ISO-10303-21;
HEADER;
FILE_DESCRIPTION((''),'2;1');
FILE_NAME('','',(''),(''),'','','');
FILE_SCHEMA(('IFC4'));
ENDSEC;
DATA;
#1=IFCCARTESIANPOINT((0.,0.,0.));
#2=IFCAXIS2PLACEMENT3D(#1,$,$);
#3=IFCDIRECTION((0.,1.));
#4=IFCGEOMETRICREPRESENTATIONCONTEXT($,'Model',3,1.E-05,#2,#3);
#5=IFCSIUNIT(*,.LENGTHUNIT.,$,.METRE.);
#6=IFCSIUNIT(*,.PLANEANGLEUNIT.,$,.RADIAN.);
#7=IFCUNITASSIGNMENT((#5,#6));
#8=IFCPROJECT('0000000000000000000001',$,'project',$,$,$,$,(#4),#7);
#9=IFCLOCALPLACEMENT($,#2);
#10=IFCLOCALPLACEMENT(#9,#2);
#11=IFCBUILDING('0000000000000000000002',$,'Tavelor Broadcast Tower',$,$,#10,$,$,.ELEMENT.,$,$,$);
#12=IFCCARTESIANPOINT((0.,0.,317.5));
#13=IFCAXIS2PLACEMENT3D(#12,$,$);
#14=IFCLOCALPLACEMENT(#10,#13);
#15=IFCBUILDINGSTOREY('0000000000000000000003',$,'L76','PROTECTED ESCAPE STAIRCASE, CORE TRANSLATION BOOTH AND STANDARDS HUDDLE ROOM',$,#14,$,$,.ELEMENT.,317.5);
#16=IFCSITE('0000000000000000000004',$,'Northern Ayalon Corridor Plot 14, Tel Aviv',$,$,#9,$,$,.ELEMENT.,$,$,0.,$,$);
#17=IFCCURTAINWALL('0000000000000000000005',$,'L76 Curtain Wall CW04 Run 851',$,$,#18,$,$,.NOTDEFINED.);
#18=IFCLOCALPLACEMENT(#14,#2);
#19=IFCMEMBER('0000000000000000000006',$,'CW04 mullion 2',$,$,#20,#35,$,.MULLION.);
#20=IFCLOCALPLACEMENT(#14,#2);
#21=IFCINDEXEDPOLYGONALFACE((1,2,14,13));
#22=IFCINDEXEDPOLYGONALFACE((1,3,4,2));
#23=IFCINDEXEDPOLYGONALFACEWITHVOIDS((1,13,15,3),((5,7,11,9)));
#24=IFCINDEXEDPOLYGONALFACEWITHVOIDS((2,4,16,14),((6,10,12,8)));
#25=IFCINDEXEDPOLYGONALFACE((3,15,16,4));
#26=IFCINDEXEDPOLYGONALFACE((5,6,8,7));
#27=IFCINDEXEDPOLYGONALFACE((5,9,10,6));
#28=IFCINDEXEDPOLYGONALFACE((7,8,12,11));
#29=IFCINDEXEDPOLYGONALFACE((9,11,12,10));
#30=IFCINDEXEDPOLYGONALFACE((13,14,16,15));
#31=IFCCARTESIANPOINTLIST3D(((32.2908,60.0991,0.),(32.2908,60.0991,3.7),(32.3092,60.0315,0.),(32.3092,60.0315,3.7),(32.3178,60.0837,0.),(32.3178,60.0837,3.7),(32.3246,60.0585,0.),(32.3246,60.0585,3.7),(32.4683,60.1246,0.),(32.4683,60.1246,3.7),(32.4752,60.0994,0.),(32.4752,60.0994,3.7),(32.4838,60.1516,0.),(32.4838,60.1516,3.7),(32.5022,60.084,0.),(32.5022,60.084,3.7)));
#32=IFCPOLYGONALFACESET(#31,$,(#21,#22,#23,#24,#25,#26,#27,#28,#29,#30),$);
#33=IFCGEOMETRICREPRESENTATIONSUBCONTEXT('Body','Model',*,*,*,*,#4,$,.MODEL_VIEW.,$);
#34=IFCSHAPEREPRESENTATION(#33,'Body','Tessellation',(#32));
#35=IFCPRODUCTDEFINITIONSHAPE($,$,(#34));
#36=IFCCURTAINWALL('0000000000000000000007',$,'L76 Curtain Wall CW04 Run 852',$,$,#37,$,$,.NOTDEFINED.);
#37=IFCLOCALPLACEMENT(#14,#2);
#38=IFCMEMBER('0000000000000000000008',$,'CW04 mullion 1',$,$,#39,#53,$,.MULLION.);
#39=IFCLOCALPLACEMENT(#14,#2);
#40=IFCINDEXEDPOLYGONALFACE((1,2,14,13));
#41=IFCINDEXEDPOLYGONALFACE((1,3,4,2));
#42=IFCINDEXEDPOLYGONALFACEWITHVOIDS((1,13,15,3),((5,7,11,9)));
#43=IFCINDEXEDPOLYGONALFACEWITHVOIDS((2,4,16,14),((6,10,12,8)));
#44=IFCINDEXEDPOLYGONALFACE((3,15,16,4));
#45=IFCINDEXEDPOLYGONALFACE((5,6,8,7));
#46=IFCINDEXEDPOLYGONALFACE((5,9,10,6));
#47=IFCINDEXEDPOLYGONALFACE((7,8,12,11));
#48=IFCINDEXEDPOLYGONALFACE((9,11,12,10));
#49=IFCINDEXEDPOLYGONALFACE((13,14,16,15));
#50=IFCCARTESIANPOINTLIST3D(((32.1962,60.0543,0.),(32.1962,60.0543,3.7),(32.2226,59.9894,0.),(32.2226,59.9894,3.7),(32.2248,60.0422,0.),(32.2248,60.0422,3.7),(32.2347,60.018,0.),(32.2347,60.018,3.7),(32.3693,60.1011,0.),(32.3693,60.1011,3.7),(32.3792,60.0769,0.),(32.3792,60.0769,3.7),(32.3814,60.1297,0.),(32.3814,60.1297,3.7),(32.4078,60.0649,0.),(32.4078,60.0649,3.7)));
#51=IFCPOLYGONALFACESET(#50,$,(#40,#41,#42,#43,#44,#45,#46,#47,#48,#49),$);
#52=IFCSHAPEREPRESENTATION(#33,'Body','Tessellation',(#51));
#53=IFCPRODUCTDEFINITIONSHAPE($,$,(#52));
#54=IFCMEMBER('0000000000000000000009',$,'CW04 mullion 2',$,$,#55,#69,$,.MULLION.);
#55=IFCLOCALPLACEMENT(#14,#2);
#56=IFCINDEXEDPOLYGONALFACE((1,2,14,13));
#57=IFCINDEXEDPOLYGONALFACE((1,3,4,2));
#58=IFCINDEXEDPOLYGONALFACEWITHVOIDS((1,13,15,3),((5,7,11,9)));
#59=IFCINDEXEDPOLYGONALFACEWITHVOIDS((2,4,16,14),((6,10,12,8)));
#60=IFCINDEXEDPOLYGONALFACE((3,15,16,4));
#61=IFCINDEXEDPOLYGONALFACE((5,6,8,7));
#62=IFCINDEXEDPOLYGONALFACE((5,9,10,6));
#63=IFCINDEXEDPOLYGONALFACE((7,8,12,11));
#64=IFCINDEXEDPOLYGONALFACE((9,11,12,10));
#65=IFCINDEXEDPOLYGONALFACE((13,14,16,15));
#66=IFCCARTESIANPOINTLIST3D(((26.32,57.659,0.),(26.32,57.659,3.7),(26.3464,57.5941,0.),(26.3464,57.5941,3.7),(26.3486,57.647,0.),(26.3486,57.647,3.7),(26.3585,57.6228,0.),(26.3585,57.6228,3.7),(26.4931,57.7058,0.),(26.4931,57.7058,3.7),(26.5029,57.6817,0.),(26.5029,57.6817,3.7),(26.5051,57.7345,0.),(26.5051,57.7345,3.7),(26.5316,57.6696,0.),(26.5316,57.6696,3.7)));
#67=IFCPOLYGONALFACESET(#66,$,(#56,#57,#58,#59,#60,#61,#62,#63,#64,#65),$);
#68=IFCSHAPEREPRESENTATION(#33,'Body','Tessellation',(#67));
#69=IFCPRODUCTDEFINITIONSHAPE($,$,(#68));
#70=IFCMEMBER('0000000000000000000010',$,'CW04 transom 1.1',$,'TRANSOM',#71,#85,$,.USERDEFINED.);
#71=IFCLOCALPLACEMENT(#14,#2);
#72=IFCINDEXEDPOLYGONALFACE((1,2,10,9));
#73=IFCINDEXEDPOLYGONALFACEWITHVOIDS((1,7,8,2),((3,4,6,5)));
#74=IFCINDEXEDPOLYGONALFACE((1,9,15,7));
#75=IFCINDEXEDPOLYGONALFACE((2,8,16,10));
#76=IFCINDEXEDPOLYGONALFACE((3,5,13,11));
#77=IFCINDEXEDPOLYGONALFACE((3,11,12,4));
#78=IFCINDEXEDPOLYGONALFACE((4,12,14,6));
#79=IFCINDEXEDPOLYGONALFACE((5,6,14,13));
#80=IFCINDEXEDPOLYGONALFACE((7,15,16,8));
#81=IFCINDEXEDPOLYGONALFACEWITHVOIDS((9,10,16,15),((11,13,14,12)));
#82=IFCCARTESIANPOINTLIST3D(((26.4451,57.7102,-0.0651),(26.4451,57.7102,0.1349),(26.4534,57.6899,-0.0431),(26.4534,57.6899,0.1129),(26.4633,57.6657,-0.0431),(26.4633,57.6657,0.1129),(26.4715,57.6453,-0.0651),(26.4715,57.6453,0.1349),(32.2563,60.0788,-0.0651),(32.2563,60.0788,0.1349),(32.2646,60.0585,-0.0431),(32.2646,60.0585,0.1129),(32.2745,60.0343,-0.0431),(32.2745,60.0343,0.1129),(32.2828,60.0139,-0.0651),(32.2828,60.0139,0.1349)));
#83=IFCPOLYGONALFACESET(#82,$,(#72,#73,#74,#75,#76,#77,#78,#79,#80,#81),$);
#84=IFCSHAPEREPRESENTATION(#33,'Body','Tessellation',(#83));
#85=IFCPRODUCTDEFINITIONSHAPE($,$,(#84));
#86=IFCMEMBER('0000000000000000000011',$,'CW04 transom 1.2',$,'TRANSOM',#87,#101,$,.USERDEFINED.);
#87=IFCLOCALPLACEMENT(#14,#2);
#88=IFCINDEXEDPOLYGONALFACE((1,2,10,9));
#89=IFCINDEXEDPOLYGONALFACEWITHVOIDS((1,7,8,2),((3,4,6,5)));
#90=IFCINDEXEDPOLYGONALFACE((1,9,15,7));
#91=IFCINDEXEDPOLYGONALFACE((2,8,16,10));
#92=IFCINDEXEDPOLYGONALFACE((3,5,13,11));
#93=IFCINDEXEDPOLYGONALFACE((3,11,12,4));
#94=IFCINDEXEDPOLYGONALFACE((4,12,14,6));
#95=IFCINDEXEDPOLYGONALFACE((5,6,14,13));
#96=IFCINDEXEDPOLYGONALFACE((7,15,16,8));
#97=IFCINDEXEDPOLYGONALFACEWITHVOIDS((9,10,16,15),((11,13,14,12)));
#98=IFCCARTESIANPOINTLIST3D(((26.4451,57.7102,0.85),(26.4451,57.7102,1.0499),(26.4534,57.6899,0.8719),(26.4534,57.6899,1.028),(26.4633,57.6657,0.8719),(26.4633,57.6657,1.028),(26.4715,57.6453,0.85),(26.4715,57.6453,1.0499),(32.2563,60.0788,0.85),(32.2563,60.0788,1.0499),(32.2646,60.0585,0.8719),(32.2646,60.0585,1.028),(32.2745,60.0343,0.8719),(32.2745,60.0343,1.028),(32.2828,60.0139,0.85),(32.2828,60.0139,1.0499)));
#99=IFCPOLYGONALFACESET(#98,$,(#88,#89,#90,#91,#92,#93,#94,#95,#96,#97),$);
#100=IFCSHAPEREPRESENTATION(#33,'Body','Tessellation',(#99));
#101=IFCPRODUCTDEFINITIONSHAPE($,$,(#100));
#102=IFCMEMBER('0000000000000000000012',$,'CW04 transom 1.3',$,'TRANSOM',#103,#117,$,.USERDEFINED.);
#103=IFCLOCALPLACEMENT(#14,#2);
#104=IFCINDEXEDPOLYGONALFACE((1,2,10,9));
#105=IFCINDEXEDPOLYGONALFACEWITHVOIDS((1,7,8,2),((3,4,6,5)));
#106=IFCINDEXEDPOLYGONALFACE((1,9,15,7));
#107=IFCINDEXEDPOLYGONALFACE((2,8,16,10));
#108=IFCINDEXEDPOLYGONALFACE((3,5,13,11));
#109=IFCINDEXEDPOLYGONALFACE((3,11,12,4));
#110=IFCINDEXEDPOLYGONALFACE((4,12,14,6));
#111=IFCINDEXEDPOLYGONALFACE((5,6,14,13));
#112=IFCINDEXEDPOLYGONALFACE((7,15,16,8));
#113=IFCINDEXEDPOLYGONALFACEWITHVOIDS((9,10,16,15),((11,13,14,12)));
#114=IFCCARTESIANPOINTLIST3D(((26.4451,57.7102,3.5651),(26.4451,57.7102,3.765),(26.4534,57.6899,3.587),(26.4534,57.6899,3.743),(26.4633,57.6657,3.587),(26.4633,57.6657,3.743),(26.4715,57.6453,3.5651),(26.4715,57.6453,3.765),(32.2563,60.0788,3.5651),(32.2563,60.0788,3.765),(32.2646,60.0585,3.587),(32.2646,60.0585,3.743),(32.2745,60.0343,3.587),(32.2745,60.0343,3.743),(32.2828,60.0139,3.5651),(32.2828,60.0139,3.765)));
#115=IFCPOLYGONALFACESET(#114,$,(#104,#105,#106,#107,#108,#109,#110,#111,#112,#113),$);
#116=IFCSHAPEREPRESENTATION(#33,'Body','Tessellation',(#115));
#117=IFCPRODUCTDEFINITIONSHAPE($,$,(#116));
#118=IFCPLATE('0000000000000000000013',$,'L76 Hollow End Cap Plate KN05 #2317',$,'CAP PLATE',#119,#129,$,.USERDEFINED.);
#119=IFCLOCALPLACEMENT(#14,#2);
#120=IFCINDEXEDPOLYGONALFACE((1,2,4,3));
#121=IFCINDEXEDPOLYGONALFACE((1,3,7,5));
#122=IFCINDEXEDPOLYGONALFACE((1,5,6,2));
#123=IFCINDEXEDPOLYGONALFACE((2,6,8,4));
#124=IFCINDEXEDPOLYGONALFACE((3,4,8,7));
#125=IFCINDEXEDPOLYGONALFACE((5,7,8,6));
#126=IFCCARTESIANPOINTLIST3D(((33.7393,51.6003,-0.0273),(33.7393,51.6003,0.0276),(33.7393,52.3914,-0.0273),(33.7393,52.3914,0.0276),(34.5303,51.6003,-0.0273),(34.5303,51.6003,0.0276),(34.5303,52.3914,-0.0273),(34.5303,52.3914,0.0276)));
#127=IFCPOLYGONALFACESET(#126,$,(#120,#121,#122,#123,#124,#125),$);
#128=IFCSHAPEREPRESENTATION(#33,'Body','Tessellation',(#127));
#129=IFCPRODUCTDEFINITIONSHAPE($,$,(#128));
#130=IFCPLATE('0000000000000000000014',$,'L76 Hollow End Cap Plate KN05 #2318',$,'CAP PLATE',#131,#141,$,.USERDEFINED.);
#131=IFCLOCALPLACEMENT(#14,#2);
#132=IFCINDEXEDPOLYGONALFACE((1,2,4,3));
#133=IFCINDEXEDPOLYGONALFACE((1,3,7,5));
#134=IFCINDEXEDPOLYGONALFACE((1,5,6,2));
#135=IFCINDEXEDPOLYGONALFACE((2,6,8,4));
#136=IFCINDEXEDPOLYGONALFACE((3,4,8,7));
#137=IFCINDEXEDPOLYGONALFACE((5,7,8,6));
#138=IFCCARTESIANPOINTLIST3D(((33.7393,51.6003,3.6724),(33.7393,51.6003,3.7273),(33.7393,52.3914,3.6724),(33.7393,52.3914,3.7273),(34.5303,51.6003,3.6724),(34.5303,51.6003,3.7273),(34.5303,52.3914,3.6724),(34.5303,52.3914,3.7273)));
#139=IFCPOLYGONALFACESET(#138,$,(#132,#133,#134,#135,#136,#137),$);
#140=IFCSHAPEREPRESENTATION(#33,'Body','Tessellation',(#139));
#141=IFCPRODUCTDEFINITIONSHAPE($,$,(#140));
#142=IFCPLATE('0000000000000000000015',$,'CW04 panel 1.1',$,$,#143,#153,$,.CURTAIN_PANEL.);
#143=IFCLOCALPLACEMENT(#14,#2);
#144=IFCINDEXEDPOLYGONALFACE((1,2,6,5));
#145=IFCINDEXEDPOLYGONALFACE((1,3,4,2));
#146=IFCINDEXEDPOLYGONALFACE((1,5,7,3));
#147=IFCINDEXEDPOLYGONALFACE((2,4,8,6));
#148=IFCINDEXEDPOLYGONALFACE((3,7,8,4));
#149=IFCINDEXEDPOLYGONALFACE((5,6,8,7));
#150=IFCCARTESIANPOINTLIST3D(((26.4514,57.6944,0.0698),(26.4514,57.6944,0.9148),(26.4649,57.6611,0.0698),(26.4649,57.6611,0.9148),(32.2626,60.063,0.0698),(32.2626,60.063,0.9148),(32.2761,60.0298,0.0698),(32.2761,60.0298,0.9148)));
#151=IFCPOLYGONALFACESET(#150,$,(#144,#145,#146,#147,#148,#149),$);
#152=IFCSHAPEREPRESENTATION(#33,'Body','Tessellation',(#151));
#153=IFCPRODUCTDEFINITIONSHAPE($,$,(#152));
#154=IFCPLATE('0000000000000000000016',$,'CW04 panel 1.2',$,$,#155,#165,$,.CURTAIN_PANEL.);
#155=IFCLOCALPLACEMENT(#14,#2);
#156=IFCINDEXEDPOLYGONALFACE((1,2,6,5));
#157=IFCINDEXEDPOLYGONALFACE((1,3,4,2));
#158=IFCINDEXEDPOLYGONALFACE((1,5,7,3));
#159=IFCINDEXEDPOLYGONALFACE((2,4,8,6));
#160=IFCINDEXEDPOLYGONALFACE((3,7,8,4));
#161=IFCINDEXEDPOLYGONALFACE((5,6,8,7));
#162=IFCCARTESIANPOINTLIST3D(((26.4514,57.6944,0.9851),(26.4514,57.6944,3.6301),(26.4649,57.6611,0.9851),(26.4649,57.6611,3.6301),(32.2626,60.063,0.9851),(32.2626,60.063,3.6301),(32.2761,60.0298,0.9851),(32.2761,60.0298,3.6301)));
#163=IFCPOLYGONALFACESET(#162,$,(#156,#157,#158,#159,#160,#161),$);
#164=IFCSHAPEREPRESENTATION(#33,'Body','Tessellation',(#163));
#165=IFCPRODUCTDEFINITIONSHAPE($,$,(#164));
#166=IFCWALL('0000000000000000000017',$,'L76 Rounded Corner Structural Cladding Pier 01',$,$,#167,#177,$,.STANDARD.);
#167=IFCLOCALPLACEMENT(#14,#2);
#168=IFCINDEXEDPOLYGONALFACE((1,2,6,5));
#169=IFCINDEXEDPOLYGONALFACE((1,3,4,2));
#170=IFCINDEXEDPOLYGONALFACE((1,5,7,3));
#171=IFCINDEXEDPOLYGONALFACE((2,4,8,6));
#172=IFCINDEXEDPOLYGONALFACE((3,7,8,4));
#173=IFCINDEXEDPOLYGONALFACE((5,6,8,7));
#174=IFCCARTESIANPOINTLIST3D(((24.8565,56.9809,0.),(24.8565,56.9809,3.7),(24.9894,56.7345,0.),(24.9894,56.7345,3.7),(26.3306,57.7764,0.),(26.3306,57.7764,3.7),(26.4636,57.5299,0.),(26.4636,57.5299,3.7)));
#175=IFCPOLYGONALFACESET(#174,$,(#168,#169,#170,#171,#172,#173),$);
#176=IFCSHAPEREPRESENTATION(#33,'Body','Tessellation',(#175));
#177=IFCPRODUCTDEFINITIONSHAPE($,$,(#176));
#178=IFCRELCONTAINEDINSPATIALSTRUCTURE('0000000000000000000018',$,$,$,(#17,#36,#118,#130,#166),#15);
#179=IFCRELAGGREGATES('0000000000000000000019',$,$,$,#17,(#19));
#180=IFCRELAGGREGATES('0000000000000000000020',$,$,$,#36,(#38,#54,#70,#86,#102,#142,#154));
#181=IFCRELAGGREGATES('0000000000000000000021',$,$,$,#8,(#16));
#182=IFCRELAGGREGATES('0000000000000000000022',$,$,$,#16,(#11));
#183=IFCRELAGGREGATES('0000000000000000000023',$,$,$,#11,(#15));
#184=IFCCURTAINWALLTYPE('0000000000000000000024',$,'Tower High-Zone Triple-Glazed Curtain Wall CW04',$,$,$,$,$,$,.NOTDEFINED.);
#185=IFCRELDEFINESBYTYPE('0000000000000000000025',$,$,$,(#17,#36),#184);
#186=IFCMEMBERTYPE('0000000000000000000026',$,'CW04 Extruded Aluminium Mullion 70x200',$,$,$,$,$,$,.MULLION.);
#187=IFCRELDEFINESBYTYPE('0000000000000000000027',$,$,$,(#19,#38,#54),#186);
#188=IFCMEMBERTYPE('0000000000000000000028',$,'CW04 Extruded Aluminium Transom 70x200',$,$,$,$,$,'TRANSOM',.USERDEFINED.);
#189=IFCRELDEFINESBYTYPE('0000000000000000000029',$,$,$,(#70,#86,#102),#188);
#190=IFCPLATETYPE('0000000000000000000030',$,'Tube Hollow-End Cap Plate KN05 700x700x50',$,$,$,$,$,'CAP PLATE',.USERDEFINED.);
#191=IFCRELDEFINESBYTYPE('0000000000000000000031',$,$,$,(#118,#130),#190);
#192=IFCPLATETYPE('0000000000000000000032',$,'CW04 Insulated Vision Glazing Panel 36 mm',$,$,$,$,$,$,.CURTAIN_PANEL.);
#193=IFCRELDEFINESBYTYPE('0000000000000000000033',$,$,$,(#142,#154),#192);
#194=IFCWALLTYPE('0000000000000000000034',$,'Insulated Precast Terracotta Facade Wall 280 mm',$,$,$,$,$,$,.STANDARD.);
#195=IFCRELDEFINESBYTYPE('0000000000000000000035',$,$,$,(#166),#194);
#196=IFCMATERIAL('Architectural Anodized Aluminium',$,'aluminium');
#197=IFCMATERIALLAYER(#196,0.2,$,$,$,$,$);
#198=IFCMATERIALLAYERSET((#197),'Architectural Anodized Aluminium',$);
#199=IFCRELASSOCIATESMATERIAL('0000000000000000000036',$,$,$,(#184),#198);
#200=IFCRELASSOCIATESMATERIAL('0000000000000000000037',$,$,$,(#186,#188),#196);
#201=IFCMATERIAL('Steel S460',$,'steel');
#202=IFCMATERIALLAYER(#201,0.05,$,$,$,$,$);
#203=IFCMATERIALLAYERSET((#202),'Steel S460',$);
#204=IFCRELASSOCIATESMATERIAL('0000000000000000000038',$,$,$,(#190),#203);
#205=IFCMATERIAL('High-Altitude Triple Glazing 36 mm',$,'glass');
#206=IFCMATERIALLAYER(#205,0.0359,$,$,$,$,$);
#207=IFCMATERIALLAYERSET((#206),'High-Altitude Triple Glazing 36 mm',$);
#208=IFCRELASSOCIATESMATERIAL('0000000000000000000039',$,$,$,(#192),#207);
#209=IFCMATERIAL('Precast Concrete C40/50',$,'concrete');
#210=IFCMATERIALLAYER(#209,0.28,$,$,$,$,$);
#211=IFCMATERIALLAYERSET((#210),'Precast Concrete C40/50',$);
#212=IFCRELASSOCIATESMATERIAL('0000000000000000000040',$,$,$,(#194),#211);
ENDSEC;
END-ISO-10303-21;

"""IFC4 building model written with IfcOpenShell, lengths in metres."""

from ifc_helpers import new_model, si_unit, direction, frame, frame_2d, origin, origin_2d, place, context, subcontext, project, spatial, rectangle, hollow_rectangle, extrude, source, transform, mapped, material, layer, layer_set, material_profile, profile_set, type_object, type_shapes, element, aggregate, save


model = new_model("IFC4")

# Units and contexts
model_context = context("Model", 3, precision=1e-05, world=origin(), true_north=direction((0.0, 1.0)))
body_context = subcontext(model_context, "Body", "Model", "MODEL_VIEW")
ifc_project = project(units=[si_unit("LENGTHUNIT", "METRE"), si_unit("PLANEANGLEUNIT", "RADIAN")], contexts=[model_context])

# Site, building, storey
site_placement = place(None, origin())
site = spatial("IfcSite", under=ifc_project, at=site_placement, Name="Northern Ayalon Corridor Plot 14, Tel Aviv", CompositionType="ELEMENT", RefElevation=0.0)
building_placement = place(site_placement, origin())
building = spatial("IfcBuilding", under=site, at=building_placement, Name="Tavelor Broadcast Tower", CompositionType="ELEMENT")
storey_placement = place(building_placement, frame((0.0, 0.0, 317.5)))
storey = spatial("IfcBuildingStorey", under=building, at=storey_placement, Name="L76", Description="PROTECTED ESCAPE STAIRCASE, CORE TRANSLATION BOOTH AND STANDARDS HUDDLE ROOM", CompositionType="ELEMENT", Elevation=317.5)

# Shared definitions
ifc_material_1 = material(Name="Steel S460", Category="steel")

# Curtain wall, member
ifc_material_2 = material(Name="Architectural Anodized Aluminium", Category="aluminium")
ifc_layer_1 = layer(ifc_material_2, 0.2)
ifc_layer_set_1 = layer_set([ifc_layer_1], Name="Architectural Anodized Aluminium")
curtain_wall_type = type_object("IfcCurtainWallType", Name="Tower High-Zone Triple-Glazed Curtain Wall CW04", PredefinedType="NOTDEFINED", material=ifc_layer_set_1)
curtain_wall_1_placement = place(storey_placement, origin())
curtain_wall_1 = element("IfcCurtainWall", 1, at=curtain_wall_1_placement, inside=storey, type_object=curtain_wall_type, Name="L76 Curtain Wall CW04 Run 851", PredefinedType="NOTDEFINED")
ifc_material_profile_1 = material_profile(ifc_material_2, hollow_rectangle(XDim=0.0701, YDim=0.2, WallThickness=0.022, at=origin_2d()), Name="RHS 70x200x22")
ifc_profile_set_1 = profile_set([ifc_material_profile_1], Name="Architectural Anodized Aluminium")
member_type_1 = type_object("IfcMemberType", Name="CW04 Extruded Aluminium Mullion 70x200", PredefinedType="MULLION", material=ifc_profile_set_1)
shared_shape_1 = source(origin(), body_context, "Body", "SweptSolid", [
    extrude(hollow_rectangle(XDim=0.0701, YDim=0.2, WallThickness=0.022, at=origin_2d()), origin(), (0.0, 0.0, 1.0), 3.7),
])
type_shapes(member_type_1, [shared_shape_1])
member_1_placement = place(storey_placement, frame((32.3965, 60.0916, 0.0), z_axis=(0.0, 0.0, 1.0), x_axis=(0.262618, -0.9649, 0.0)))
member_1 = element("IfcMember", 2, at=member_1_placement, type_object=member_type_1, Name="CW04 mullion 2", PredefinedType="MULLION", context=body_context, shape_type="MappedRepresentation", body=[
    mapped(shared_shape_1, transform((0.0, 0.0, 0.0), scale=1.0)),
])
aggregate(curtain_wall_1, [member_1])

# Curtain wall, members
curtain_wall_2_placement = place(storey_placement, origin())
curtain_wall_2 = element("IfcCurtainWall", 3, at=curtain_wall_2_placement, inside=storey, type_object=curtain_wall_type, Name="L76 Curtain Wall CW04 Run 852", PredefinedType="NOTDEFINED")
member_2_placement = place(storey_placement, frame((32.302, 60.0596, 0.0), z_axis=(0.0, 0.0, 1.0), x_axis=(0.377448, -0.926031, 0.0)))
member_2 = element("IfcMember", 4, at=member_2_placement, type_object=member_type_1, Name="CW04 mullion 1", PredefinedType="MULLION", context=body_context, shape_type="MappedRepresentation", body=[
    mapped(shared_shape_1, transform((0.0, 0.0, 0.0), scale=1.0)),
])
member_3_placement = place(storey_placement, frame((26.4258, 57.6643, 0.0), z_axis=(0.0, 0.0, 1.0), x_axis=(0.377448, -0.926031, 0.0)))
member_3 = element("IfcMember", 5, at=member_3_placement, type_object=member_type_1, Name="CW04 mullion 2", PredefinedType="MULLION", context=body_context, shape_type="MappedRepresentation", body=[
    mapped(shared_shape_1, transform((0.0, 0.0, 0.0), scale=1.0)),
])
ifc_material_profile_2 = material_profile(ifc_material_2, hollow_rectangle(XDim=0.0701, YDim=0.2, WallThickness=0.022, at=origin_2d()), Name="RHS 70x200x22")
ifc_profile_set_2 = profile_set([ifc_material_profile_2], Name="Architectural Anodized Aluminium")
member_type_2 = type_object("IfcMemberType", Name="CW04 Extruded Aluminium Transom 70x200", ElementType="TRANSOM", PredefinedType="USERDEFINED", material=ifc_profile_set_2)
shared_shape_2 = source(origin(), body_context, "Body", "SweptSolid", [
    extrude(hollow_rectangle(XDim=0.0701, YDim=0.2, WallThickness=0.022, at=origin_2d()), origin(), (0.0, 0.0, 1.0), 6.2754),
])
type_shapes(member_type_2, [shared_shape_2])
member_4_placement = place(storey_placement, frame((32.2695, 60.0464, 0.0349), z_axis=(-0.926031, -0.377446, 0.0), x_axis=(0.377446, -0.926031, 0.0)))
member_4 = element("IfcMember", 6, at=member_4_placement, type_object=member_type_2, Name="CW04 transom 1.1", ObjectType="TRANSOM", PredefinedType="USERDEFINED", context=body_context, shape_type="MappedRepresentation", body=[
    mapped(shared_shape_2, transform((0.0, 0.0, 0.0), scale=1.0)),
])
member_5_placement = place(storey_placement, frame((32.2695, 60.0464, 0.95), z_axis=(-0.926031, -0.377446, 0.0), x_axis=(0.377446, -0.926031, 0.0)))
member_5 = element("IfcMember", 7, at=member_5_placement, type_object=member_type_2, Name="CW04 transom 1.2", ObjectType="TRANSOM", PredefinedType="USERDEFINED", context=body_context, shape_type="MappedRepresentation", body=[
    mapped(shared_shape_2, transform((0.0, 0.0, 0.0), scale=1.0)),
])
member_6_placement = place(storey_placement, frame((32.2695, 60.0464, 3.665), z_axis=(-0.926031, -0.377446, 0.0), x_axis=(0.377446, -0.926031, 0.0)))
member_6 = element("IfcMember", 8, at=member_6_placement, type_object=member_type_2, Name="CW04 transom 1.3", ObjectType="TRANSOM", PredefinedType="USERDEFINED", context=body_context, shape_type="MappedRepresentation", body=[
    mapped(shared_shape_2, transform((0.0, 0.0, 0.0), scale=1.0)),
])

# Plates
ifc_layer_2 = layer(ifc_material_1, 0.05)
ifc_layer_set_2 = layer_set([ifc_layer_2], Name="Steel S460")
plate_type_1 = type_object("IfcPlateType", Name="Tube Hollow-End Cap Plate KN05 700x700x50", ElementType="CAP PLATE", PredefinedType="USERDEFINED", material=ifc_layer_set_2)
shared_shape_3 = source(origin(), body_context, "Body", "SweptSolid", [
    extrude(rectangle(XDim=0.791, YDim=0.791, at=origin_2d()), origin(), (0.0, 0.0, 1.0), 0.0549),
])
type_shapes(plate_type_1, [shared_shape_3])
for number, where, z_axis, x_axis, name in (
    (9, (34.1348, 51.9958, -0.0273), (0.0, 0.0, 1.0), (1.0, 0.0, 0.0), "L76 Hollow End Cap Plate KN05 #2317"),
    (10, (34.1348, 51.9958, 3.6724), (0.0, 0.0, 1.0), (1.0, 0.0, 0.0), "L76 Hollow End Cap Plate KN05 #2318"),
):
    element("IfcPlate", number, at=place(storey_placement, frame(where, z_axis=z_axis, x_axis=x_axis)), inside=storey, type_object=plate_type_1, Name=name, ObjectType="CAP PLATE", PredefinedType="USERDEFINED", context=body_context, shape_type="MappedRepresentation", body=[
        mapped(shared_shape_3, transform((0.0, 0.0, 0.0), scale=1.0)),
    ])

# Plates
ifc_material_3 = material(Name="High-Altitude Triple Glazing 36 mm", Category="glass")
ifc_layer_3 = layer(ifc_material_3, 0.0359)
ifc_layer_set_3 = layer_set([ifc_layer_3], Name="High-Altitude Triple Glazing 36 mm")
plate_type_2 = type_object("IfcPlateType", Name="CW04 Insulated Vision Glazing Panel 36 mm", PredefinedType="CURTAIN_PANEL", material=ifc_layer_set_3)
shared_shape_4 = source(origin(), body_context, "Body", "SweptSolid", [
    extrude(rectangle(XDim=6.2754, YDim=0.0359, at=origin_2d()), origin(), (0.0, 0.0, 1.0), 0.845),
])
plate_1_placement = place(storey_placement, frame((29.3638, 58.8621, 0.0698), z_axis=(0.0, 0.0, 1.0), x_axis=(-0.926031, -0.377448, 0.0)))
plate_1 = element("IfcPlate", 11, at=plate_1_placement, type_object=plate_type_2, Name="CW04 panel 1.1", PredefinedType="CURTAIN_PANEL", context=body_context, shape_type="MappedRepresentation", body=[
    mapped(shared_shape_4, transform((0.0, 0.0, 0.0), scale=1.0)),
])
shared_shape_5 = source(origin(), body_context, "Body", "SweptSolid", [
    extrude(rectangle(XDim=6.2754, YDim=0.0359, at=origin_2d()), origin(), (0.0, 0.0, 1.0), 2.645),
])
type_shapes(plate_type_2, [shared_shape_4, shared_shape_5])
plate_2_placement = place(storey_placement, frame((29.3638, 58.8621, 0.9851), z_axis=(0.0, 0.0, 1.0), x_axis=(-0.926031, -0.377448, 0.0)))
plate_2 = element("IfcPlate", 12, at=plate_2_placement, type_object=plate_type_2, Name="CW04 panel 1.2", PredefinedType="CURTAIN_PANEL", context=body_context, shape_type="MappedRepresentation", body=[
    mapped(shared_shape_5, transform((0.0, 0.0, 0.0), scale=1.0)),
])
aggregate(curtain_wall_2, [member_2, member_3, member_4, member_5, member_6, plate_1, plate_2])

# Wall
ifc_material_4 = material(Name="Precast Concrete C40/50", Category="concrete")
ifc_layer_4 = layer(ifc_material_4, 0.28)
ifc_layer_set_4 = layer_set([ifc_layer_4], Name="Precast Concrete C40/50")
wall_type_1 = type_object("IfcWallType", Name="Insulated Precast Terracotta Facade Wall 280 mm", PredefinedType="STANDARD", material=ifc_layer_set_4)
wall_1_placement = place(storey_placement, frame((26.397, 57.6531, 0.0), z_axis=(0.0, 0.0, 1.0), x_axis=(-0.880059, -0.474865, 0.0)))
element("IfcWall", 13, at=wall_1_placement, inside=storey, type_object=wall_type_1, Name="L76 Rounded Corner Structural Cladding Pier 01", PredefinedType="STANDARD", context=body_context, shape_type="SweptSolid", body=[
    extrude(rectangle(XDim=1.675, YDim=0.28, at=frame_2d((0.8374, 0.0))), origin(), (0.0, 0.0, 1.0), 3.7),
])

save(model, "model.ifc")
